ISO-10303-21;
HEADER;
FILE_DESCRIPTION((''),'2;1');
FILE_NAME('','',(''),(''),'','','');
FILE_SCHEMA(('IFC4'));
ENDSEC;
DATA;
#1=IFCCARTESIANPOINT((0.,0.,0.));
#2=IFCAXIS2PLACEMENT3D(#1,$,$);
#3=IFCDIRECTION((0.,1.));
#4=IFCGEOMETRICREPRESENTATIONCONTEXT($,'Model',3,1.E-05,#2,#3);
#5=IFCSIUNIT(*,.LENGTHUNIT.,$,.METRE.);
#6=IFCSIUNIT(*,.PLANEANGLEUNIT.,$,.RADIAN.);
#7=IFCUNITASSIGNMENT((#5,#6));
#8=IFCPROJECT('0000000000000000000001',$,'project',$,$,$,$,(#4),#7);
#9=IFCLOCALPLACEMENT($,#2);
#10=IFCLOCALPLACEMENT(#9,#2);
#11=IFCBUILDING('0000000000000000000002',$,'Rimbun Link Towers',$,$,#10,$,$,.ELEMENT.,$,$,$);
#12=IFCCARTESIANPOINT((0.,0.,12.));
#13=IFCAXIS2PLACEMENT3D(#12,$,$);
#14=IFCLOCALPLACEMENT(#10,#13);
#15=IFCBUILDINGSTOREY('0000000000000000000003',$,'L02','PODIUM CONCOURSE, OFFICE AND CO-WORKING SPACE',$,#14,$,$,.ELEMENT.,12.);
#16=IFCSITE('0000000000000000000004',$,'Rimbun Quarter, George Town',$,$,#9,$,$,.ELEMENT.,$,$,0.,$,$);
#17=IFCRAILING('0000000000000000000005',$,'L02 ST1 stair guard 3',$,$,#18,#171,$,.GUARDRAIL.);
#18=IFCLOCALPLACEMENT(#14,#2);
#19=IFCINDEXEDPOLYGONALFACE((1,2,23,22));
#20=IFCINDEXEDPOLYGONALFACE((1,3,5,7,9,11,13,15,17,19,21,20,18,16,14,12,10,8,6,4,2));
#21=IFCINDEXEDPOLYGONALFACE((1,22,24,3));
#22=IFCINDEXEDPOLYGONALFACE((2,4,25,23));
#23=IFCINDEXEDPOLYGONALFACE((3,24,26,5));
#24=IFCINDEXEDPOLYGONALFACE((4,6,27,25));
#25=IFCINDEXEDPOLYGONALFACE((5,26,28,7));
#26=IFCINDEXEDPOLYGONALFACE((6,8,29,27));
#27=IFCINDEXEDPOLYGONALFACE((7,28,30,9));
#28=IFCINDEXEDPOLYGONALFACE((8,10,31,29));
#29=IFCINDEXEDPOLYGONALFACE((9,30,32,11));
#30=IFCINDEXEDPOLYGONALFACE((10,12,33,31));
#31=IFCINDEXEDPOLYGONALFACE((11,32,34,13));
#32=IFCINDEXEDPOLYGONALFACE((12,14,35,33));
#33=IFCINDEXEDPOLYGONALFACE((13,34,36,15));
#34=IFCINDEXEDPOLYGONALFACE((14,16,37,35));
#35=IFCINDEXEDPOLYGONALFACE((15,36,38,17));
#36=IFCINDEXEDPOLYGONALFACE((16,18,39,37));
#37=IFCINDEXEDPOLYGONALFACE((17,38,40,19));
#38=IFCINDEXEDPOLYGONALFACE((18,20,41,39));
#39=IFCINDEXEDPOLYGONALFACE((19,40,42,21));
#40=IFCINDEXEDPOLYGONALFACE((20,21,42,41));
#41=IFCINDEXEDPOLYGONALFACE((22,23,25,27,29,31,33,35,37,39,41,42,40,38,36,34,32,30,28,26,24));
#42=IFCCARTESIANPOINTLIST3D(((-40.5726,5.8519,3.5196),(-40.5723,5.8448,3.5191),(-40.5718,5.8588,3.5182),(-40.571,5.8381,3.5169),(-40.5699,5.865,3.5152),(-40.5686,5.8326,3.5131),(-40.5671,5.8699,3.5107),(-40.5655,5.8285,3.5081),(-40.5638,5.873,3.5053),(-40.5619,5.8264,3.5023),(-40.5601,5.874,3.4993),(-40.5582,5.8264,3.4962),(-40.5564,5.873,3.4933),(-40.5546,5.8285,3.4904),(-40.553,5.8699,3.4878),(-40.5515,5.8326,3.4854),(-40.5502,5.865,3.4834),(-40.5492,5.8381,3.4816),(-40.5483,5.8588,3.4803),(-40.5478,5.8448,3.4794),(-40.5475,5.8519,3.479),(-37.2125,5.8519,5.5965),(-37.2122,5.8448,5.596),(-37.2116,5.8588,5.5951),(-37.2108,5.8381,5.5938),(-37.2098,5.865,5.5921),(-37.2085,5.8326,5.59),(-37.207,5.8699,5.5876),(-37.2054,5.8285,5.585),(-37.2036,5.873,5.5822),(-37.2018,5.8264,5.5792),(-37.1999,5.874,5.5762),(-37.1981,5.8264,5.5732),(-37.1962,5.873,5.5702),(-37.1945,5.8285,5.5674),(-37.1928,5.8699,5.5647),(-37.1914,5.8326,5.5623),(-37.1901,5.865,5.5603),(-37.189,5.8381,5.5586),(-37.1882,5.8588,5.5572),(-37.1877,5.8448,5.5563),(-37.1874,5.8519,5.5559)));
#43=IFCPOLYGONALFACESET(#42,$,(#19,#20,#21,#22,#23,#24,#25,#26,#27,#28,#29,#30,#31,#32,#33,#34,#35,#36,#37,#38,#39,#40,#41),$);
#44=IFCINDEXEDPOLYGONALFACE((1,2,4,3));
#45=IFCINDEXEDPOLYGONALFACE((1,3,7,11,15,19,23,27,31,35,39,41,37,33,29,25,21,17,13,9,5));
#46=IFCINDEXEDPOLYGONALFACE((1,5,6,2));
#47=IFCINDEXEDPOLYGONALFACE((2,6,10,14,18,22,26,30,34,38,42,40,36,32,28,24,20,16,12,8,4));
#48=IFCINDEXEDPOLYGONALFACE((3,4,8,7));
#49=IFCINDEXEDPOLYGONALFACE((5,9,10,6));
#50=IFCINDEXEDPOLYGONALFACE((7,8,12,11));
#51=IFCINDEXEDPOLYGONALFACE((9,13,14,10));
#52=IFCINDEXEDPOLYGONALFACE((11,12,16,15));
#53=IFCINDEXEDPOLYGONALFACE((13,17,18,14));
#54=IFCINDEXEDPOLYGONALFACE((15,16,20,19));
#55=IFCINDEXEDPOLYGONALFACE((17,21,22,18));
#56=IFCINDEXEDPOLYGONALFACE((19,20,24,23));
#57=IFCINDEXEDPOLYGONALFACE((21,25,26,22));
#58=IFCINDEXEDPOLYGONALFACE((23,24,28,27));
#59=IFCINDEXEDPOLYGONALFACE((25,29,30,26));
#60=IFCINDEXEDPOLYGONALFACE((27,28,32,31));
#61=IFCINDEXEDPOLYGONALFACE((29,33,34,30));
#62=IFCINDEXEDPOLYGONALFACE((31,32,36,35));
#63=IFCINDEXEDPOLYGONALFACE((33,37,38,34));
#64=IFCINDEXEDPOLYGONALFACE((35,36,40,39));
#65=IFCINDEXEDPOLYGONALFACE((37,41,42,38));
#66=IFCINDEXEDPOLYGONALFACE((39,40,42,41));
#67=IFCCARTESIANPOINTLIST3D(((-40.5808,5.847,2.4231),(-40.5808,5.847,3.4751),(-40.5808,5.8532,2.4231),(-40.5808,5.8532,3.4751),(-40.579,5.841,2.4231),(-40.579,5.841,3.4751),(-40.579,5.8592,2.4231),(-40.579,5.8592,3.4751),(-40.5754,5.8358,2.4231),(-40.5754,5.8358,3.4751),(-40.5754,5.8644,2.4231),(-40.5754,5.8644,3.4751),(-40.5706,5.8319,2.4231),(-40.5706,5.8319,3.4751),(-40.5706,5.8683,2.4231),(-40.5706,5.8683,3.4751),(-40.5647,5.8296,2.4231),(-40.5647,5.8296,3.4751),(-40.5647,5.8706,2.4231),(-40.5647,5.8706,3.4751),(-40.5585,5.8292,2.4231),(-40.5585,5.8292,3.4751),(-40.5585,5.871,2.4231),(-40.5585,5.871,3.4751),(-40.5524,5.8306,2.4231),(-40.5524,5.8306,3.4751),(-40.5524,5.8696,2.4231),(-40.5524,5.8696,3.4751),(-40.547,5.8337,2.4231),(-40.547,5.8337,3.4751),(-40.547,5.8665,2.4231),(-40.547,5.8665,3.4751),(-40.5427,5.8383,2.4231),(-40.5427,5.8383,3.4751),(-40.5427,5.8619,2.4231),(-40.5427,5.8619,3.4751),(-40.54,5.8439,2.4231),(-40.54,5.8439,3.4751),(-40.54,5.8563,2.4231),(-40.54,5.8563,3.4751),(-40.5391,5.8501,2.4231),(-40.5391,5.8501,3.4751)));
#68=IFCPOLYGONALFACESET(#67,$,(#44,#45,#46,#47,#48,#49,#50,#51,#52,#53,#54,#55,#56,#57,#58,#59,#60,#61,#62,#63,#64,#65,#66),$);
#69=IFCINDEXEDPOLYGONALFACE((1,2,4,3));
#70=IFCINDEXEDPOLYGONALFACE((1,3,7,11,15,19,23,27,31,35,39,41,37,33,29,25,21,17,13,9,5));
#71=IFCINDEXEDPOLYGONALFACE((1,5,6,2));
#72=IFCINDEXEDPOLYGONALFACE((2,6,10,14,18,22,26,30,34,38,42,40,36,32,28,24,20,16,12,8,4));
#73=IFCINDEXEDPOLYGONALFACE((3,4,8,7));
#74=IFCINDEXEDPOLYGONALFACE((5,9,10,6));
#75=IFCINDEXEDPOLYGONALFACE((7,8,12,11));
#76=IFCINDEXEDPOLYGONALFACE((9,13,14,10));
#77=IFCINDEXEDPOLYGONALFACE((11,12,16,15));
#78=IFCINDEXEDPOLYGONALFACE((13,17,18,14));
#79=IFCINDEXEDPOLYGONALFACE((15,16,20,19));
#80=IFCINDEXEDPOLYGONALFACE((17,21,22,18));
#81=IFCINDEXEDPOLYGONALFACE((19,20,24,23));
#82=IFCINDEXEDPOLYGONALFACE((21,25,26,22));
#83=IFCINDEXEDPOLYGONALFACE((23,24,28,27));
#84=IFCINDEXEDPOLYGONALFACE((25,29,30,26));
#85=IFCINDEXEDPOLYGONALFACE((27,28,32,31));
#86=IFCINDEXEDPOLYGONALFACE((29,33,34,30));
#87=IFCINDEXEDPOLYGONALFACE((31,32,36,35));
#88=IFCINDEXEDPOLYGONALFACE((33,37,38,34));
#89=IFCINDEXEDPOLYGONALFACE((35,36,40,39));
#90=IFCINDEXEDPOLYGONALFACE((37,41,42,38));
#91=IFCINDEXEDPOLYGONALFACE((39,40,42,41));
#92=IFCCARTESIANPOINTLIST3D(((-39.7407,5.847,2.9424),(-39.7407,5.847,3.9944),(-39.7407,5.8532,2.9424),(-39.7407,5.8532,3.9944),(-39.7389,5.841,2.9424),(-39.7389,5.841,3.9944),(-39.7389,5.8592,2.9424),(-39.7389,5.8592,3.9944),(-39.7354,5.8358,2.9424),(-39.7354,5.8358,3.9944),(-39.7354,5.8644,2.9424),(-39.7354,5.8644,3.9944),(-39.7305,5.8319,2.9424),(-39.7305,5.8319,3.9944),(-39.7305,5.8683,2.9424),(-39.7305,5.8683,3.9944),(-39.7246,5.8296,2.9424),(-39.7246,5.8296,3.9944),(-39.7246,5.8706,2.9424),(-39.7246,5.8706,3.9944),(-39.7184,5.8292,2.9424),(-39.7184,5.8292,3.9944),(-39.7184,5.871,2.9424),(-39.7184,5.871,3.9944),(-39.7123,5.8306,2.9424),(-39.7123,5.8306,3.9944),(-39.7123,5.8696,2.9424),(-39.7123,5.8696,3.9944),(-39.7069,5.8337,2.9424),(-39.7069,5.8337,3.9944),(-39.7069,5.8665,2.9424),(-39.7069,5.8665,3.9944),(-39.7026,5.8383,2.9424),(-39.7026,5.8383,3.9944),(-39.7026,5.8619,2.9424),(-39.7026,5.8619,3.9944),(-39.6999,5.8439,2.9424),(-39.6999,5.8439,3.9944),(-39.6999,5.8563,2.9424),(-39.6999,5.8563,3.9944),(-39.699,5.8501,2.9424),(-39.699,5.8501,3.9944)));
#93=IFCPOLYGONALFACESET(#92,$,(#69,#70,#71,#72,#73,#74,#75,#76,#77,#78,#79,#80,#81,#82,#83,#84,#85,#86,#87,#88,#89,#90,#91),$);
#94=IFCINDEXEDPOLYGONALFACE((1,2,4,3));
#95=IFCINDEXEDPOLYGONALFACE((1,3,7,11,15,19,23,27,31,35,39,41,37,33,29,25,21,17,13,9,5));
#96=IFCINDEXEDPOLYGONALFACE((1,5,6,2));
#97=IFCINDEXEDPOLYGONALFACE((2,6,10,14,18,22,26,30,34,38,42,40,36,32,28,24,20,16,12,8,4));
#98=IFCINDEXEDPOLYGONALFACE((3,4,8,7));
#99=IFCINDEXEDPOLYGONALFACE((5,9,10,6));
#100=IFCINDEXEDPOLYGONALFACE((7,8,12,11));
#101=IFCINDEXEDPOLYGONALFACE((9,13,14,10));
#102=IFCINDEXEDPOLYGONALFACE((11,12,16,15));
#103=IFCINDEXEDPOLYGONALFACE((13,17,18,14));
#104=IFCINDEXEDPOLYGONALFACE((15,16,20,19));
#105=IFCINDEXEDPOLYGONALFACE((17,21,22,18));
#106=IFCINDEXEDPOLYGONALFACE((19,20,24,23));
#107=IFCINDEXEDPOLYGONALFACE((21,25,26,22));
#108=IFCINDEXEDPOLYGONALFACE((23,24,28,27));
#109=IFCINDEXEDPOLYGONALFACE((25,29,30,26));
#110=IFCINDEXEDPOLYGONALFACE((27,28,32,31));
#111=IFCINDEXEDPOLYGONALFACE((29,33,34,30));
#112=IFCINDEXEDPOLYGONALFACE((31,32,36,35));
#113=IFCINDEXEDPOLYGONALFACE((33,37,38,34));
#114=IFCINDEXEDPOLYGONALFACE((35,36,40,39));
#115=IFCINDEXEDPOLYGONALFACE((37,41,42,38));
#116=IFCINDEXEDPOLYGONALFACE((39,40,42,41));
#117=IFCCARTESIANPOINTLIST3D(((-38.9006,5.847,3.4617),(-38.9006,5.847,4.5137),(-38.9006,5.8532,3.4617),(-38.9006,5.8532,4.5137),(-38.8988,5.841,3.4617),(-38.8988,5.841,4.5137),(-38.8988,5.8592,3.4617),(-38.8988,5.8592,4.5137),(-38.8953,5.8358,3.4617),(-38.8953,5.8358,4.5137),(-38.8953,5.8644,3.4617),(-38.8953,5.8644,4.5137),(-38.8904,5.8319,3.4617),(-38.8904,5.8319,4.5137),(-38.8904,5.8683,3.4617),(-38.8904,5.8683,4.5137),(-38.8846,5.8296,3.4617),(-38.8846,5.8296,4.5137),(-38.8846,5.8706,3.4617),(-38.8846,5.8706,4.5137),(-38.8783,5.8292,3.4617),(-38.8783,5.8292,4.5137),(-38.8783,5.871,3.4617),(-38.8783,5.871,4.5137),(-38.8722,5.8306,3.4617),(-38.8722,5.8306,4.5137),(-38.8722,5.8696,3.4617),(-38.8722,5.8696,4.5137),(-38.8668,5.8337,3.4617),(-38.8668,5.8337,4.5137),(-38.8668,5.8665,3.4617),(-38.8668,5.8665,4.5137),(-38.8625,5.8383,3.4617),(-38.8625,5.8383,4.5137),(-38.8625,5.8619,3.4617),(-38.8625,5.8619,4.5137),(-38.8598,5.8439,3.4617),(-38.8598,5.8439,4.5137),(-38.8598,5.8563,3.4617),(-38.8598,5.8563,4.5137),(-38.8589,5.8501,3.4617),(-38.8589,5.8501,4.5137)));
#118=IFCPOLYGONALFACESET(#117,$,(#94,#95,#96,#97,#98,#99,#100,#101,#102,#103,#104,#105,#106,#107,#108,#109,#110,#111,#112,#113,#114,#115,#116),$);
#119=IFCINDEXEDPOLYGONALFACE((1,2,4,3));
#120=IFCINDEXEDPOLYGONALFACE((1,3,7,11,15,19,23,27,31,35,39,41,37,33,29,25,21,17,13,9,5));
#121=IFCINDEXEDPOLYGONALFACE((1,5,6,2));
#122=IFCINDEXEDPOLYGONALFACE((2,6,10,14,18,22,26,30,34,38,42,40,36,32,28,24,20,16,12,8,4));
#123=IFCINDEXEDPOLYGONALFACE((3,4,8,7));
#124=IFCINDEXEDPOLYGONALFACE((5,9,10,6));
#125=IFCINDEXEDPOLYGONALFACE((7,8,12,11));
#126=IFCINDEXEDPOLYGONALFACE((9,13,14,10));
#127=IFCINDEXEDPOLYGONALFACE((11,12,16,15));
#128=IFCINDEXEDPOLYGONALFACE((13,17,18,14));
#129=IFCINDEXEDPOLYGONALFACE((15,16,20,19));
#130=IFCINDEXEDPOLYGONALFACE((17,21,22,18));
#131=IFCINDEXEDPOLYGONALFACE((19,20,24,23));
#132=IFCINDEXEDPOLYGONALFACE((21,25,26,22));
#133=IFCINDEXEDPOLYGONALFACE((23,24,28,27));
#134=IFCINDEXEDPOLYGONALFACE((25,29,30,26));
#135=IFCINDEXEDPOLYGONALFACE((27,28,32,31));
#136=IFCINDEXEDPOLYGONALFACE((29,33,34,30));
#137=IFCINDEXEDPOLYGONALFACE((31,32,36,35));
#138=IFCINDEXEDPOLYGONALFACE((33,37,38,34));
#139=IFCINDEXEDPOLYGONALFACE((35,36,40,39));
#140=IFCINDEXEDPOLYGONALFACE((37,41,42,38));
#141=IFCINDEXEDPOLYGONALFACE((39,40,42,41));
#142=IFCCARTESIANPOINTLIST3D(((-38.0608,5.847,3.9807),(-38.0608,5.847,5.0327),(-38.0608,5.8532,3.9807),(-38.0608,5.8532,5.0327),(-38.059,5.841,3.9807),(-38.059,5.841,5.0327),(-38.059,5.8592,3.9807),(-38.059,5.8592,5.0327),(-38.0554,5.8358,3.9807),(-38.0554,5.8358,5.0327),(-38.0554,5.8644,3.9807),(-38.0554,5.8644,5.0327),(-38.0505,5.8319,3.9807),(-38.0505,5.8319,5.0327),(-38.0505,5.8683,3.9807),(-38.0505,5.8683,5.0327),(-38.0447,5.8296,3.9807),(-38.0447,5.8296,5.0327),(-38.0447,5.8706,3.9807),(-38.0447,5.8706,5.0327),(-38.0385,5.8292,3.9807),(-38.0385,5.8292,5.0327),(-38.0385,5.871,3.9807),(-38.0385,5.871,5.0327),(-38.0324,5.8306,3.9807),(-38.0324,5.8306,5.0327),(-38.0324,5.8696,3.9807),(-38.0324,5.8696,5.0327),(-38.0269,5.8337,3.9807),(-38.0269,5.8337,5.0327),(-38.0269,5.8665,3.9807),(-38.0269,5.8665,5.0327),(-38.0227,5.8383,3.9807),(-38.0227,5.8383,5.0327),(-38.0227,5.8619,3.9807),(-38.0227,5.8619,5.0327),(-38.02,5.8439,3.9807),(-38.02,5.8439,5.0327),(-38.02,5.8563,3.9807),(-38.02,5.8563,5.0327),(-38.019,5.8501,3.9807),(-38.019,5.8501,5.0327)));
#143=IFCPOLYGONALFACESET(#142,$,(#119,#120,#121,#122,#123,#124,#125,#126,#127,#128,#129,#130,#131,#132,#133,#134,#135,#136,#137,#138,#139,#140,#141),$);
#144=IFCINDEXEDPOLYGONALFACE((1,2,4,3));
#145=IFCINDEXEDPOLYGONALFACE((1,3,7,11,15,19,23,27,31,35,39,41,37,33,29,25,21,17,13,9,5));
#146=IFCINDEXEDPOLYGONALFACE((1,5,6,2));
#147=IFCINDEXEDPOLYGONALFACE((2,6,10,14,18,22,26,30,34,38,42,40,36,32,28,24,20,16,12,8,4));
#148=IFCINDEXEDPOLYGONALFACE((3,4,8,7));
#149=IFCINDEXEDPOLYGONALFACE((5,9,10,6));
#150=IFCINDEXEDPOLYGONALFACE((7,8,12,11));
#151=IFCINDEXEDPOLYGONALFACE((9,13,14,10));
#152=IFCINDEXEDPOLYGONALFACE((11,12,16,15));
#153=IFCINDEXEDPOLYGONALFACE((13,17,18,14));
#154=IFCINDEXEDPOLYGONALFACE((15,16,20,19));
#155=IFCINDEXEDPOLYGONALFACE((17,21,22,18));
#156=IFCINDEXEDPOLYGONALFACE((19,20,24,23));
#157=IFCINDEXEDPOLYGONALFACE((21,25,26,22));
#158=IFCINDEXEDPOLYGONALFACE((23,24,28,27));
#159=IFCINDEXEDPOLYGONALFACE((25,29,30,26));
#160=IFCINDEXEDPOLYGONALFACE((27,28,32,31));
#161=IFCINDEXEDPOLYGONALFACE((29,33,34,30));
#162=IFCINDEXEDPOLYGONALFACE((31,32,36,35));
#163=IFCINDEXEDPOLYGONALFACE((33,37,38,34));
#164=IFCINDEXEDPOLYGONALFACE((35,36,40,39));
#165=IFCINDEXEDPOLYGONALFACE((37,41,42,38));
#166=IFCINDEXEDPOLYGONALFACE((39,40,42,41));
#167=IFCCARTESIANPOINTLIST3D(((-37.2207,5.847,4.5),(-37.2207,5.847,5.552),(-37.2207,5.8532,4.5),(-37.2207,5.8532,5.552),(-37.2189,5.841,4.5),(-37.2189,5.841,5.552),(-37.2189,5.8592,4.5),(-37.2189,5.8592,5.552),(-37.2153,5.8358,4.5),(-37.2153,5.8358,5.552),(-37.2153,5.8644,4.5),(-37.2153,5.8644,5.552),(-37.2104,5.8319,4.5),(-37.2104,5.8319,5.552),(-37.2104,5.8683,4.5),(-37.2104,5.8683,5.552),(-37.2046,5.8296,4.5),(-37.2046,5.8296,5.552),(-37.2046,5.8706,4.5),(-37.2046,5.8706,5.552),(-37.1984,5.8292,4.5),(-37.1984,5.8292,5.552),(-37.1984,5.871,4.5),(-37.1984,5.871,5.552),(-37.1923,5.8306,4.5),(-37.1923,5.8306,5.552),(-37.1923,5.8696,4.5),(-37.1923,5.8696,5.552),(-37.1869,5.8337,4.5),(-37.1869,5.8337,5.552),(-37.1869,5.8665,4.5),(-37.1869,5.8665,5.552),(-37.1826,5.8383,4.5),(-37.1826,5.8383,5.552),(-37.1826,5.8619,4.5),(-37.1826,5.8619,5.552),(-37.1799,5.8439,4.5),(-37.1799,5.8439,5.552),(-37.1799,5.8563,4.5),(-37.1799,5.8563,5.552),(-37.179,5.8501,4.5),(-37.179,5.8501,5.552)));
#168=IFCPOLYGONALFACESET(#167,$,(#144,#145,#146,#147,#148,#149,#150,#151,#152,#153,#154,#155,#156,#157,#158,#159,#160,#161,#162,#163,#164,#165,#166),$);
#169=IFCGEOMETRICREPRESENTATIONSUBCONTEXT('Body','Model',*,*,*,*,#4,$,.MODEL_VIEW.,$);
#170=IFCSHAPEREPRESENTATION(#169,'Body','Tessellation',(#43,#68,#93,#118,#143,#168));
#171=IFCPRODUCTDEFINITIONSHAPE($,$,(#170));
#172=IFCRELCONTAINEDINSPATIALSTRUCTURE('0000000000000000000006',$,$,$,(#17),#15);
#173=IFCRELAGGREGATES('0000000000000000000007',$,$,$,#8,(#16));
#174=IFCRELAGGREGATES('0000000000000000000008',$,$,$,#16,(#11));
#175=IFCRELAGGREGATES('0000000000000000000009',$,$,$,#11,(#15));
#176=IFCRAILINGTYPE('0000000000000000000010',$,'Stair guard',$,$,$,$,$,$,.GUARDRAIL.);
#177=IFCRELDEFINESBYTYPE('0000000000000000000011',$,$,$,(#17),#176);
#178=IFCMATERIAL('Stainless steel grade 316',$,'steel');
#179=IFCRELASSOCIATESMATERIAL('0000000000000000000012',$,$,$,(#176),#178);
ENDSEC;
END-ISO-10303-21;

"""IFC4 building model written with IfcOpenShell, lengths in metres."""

from ifc_helpers import new_model, si_unit, direction, frame, origin, origin_2d, place, context, subcontext, project, spatial, circle, extrude, material, type_object, element, save


model = new_model("IFC4")

# Units and contexts
model_context = context("Model", 3, precision=1e-05, world=origin(), true_north=direction((0.0, 1.0)))
body_context = subcontext(model_context, "Body", "Model", "MODEL_VIEW")
ifc_project = project(units=[si_unit("LENGTHUNIT", "METRE"), si_unit("PLANEANGLEUNIT", "RADIAN")], contexts=[model_context])

# Site, building, storey
site_placement = place(None, origin())
site = spatial("IfcSite", under=ifc_project, at=site_placement, Name="Rimbun Quarter, George Town", CompositionType="ELEMENT", RefElevation=0.0)
building_placement = place(site_placement, origin())
building = spatial("IfcBuilding", under=site, at=building_placement, Name="Rimbun Link Towers", CompositionType="ELEMENT")
storey_placement = place(building_placement, frame((0.0, 0.0, 12.0)))
storey = spatial("IfcBuildingStorey", under=building, at=storey_placement, Name="L02", Description="PODIUM CONCOURSE, OFFICE AND CO-WORKING SPACE", CompositionType="ELEMENT", Elevation=12.0)

# Railing
ifc_material_1 = material(Name="Stainless steel grade 316", Category="steel")
railing_type_1 = type_object("IfcRailingType", Name="Stair guard", PredefinedType="GUARDRAIL", material=ifc_material_1)
railing_1_placement = place(storey_placement, frame((-40.5601, 5.8501, 2.4231)))
element("IfcRailing", 1, at=railing_1_placement, inside=storey, type_object=railing_type_1, Name="L02 ST1 stair guard 3", PredefinedType="GUARDRAIL", context=body_context, shape_type="SweptSolid", body=[
    extrude(circle(Radius=0.0239, at=origin_2d()), frame((0.0, 0.0, 1.0762), z_axis=(0.850623, 0.0, 0.525776), x_axis=(0.0, 1.0, 0.0)), (0.0, 0.0, 1.0), 3.9502),
    extrude(circle(Radius=0.021, at=origin_2d()), origin(), (0.0, 0.0, 1.0), 1.052),
    extrude(circle(Radius=0.021, at=origin_2d()), frame((0.8401, 0.0, 0.5193)), (0.0, 0.0, 1.0), 1.052),
    extrude(circle(Radius=0.021, at=origin_2d()), frame((1.6802, 0.0, 1.0386)), (0.0, 0.0, 1.0), 1.052),
    extrude(circle(Radius=0.021, at=origin_2d()), frame((2.52, 0.0, 1.5576)), (0.0, 0.0, 1.0), 1.052),
    extrude(circle(Radius=0.021, at=origin_2d()), frame((3.3601, 0.0, 2.0769)), (0.0, 0.0, 1.0), 1.052),
])

save(model, "model.ifc")
